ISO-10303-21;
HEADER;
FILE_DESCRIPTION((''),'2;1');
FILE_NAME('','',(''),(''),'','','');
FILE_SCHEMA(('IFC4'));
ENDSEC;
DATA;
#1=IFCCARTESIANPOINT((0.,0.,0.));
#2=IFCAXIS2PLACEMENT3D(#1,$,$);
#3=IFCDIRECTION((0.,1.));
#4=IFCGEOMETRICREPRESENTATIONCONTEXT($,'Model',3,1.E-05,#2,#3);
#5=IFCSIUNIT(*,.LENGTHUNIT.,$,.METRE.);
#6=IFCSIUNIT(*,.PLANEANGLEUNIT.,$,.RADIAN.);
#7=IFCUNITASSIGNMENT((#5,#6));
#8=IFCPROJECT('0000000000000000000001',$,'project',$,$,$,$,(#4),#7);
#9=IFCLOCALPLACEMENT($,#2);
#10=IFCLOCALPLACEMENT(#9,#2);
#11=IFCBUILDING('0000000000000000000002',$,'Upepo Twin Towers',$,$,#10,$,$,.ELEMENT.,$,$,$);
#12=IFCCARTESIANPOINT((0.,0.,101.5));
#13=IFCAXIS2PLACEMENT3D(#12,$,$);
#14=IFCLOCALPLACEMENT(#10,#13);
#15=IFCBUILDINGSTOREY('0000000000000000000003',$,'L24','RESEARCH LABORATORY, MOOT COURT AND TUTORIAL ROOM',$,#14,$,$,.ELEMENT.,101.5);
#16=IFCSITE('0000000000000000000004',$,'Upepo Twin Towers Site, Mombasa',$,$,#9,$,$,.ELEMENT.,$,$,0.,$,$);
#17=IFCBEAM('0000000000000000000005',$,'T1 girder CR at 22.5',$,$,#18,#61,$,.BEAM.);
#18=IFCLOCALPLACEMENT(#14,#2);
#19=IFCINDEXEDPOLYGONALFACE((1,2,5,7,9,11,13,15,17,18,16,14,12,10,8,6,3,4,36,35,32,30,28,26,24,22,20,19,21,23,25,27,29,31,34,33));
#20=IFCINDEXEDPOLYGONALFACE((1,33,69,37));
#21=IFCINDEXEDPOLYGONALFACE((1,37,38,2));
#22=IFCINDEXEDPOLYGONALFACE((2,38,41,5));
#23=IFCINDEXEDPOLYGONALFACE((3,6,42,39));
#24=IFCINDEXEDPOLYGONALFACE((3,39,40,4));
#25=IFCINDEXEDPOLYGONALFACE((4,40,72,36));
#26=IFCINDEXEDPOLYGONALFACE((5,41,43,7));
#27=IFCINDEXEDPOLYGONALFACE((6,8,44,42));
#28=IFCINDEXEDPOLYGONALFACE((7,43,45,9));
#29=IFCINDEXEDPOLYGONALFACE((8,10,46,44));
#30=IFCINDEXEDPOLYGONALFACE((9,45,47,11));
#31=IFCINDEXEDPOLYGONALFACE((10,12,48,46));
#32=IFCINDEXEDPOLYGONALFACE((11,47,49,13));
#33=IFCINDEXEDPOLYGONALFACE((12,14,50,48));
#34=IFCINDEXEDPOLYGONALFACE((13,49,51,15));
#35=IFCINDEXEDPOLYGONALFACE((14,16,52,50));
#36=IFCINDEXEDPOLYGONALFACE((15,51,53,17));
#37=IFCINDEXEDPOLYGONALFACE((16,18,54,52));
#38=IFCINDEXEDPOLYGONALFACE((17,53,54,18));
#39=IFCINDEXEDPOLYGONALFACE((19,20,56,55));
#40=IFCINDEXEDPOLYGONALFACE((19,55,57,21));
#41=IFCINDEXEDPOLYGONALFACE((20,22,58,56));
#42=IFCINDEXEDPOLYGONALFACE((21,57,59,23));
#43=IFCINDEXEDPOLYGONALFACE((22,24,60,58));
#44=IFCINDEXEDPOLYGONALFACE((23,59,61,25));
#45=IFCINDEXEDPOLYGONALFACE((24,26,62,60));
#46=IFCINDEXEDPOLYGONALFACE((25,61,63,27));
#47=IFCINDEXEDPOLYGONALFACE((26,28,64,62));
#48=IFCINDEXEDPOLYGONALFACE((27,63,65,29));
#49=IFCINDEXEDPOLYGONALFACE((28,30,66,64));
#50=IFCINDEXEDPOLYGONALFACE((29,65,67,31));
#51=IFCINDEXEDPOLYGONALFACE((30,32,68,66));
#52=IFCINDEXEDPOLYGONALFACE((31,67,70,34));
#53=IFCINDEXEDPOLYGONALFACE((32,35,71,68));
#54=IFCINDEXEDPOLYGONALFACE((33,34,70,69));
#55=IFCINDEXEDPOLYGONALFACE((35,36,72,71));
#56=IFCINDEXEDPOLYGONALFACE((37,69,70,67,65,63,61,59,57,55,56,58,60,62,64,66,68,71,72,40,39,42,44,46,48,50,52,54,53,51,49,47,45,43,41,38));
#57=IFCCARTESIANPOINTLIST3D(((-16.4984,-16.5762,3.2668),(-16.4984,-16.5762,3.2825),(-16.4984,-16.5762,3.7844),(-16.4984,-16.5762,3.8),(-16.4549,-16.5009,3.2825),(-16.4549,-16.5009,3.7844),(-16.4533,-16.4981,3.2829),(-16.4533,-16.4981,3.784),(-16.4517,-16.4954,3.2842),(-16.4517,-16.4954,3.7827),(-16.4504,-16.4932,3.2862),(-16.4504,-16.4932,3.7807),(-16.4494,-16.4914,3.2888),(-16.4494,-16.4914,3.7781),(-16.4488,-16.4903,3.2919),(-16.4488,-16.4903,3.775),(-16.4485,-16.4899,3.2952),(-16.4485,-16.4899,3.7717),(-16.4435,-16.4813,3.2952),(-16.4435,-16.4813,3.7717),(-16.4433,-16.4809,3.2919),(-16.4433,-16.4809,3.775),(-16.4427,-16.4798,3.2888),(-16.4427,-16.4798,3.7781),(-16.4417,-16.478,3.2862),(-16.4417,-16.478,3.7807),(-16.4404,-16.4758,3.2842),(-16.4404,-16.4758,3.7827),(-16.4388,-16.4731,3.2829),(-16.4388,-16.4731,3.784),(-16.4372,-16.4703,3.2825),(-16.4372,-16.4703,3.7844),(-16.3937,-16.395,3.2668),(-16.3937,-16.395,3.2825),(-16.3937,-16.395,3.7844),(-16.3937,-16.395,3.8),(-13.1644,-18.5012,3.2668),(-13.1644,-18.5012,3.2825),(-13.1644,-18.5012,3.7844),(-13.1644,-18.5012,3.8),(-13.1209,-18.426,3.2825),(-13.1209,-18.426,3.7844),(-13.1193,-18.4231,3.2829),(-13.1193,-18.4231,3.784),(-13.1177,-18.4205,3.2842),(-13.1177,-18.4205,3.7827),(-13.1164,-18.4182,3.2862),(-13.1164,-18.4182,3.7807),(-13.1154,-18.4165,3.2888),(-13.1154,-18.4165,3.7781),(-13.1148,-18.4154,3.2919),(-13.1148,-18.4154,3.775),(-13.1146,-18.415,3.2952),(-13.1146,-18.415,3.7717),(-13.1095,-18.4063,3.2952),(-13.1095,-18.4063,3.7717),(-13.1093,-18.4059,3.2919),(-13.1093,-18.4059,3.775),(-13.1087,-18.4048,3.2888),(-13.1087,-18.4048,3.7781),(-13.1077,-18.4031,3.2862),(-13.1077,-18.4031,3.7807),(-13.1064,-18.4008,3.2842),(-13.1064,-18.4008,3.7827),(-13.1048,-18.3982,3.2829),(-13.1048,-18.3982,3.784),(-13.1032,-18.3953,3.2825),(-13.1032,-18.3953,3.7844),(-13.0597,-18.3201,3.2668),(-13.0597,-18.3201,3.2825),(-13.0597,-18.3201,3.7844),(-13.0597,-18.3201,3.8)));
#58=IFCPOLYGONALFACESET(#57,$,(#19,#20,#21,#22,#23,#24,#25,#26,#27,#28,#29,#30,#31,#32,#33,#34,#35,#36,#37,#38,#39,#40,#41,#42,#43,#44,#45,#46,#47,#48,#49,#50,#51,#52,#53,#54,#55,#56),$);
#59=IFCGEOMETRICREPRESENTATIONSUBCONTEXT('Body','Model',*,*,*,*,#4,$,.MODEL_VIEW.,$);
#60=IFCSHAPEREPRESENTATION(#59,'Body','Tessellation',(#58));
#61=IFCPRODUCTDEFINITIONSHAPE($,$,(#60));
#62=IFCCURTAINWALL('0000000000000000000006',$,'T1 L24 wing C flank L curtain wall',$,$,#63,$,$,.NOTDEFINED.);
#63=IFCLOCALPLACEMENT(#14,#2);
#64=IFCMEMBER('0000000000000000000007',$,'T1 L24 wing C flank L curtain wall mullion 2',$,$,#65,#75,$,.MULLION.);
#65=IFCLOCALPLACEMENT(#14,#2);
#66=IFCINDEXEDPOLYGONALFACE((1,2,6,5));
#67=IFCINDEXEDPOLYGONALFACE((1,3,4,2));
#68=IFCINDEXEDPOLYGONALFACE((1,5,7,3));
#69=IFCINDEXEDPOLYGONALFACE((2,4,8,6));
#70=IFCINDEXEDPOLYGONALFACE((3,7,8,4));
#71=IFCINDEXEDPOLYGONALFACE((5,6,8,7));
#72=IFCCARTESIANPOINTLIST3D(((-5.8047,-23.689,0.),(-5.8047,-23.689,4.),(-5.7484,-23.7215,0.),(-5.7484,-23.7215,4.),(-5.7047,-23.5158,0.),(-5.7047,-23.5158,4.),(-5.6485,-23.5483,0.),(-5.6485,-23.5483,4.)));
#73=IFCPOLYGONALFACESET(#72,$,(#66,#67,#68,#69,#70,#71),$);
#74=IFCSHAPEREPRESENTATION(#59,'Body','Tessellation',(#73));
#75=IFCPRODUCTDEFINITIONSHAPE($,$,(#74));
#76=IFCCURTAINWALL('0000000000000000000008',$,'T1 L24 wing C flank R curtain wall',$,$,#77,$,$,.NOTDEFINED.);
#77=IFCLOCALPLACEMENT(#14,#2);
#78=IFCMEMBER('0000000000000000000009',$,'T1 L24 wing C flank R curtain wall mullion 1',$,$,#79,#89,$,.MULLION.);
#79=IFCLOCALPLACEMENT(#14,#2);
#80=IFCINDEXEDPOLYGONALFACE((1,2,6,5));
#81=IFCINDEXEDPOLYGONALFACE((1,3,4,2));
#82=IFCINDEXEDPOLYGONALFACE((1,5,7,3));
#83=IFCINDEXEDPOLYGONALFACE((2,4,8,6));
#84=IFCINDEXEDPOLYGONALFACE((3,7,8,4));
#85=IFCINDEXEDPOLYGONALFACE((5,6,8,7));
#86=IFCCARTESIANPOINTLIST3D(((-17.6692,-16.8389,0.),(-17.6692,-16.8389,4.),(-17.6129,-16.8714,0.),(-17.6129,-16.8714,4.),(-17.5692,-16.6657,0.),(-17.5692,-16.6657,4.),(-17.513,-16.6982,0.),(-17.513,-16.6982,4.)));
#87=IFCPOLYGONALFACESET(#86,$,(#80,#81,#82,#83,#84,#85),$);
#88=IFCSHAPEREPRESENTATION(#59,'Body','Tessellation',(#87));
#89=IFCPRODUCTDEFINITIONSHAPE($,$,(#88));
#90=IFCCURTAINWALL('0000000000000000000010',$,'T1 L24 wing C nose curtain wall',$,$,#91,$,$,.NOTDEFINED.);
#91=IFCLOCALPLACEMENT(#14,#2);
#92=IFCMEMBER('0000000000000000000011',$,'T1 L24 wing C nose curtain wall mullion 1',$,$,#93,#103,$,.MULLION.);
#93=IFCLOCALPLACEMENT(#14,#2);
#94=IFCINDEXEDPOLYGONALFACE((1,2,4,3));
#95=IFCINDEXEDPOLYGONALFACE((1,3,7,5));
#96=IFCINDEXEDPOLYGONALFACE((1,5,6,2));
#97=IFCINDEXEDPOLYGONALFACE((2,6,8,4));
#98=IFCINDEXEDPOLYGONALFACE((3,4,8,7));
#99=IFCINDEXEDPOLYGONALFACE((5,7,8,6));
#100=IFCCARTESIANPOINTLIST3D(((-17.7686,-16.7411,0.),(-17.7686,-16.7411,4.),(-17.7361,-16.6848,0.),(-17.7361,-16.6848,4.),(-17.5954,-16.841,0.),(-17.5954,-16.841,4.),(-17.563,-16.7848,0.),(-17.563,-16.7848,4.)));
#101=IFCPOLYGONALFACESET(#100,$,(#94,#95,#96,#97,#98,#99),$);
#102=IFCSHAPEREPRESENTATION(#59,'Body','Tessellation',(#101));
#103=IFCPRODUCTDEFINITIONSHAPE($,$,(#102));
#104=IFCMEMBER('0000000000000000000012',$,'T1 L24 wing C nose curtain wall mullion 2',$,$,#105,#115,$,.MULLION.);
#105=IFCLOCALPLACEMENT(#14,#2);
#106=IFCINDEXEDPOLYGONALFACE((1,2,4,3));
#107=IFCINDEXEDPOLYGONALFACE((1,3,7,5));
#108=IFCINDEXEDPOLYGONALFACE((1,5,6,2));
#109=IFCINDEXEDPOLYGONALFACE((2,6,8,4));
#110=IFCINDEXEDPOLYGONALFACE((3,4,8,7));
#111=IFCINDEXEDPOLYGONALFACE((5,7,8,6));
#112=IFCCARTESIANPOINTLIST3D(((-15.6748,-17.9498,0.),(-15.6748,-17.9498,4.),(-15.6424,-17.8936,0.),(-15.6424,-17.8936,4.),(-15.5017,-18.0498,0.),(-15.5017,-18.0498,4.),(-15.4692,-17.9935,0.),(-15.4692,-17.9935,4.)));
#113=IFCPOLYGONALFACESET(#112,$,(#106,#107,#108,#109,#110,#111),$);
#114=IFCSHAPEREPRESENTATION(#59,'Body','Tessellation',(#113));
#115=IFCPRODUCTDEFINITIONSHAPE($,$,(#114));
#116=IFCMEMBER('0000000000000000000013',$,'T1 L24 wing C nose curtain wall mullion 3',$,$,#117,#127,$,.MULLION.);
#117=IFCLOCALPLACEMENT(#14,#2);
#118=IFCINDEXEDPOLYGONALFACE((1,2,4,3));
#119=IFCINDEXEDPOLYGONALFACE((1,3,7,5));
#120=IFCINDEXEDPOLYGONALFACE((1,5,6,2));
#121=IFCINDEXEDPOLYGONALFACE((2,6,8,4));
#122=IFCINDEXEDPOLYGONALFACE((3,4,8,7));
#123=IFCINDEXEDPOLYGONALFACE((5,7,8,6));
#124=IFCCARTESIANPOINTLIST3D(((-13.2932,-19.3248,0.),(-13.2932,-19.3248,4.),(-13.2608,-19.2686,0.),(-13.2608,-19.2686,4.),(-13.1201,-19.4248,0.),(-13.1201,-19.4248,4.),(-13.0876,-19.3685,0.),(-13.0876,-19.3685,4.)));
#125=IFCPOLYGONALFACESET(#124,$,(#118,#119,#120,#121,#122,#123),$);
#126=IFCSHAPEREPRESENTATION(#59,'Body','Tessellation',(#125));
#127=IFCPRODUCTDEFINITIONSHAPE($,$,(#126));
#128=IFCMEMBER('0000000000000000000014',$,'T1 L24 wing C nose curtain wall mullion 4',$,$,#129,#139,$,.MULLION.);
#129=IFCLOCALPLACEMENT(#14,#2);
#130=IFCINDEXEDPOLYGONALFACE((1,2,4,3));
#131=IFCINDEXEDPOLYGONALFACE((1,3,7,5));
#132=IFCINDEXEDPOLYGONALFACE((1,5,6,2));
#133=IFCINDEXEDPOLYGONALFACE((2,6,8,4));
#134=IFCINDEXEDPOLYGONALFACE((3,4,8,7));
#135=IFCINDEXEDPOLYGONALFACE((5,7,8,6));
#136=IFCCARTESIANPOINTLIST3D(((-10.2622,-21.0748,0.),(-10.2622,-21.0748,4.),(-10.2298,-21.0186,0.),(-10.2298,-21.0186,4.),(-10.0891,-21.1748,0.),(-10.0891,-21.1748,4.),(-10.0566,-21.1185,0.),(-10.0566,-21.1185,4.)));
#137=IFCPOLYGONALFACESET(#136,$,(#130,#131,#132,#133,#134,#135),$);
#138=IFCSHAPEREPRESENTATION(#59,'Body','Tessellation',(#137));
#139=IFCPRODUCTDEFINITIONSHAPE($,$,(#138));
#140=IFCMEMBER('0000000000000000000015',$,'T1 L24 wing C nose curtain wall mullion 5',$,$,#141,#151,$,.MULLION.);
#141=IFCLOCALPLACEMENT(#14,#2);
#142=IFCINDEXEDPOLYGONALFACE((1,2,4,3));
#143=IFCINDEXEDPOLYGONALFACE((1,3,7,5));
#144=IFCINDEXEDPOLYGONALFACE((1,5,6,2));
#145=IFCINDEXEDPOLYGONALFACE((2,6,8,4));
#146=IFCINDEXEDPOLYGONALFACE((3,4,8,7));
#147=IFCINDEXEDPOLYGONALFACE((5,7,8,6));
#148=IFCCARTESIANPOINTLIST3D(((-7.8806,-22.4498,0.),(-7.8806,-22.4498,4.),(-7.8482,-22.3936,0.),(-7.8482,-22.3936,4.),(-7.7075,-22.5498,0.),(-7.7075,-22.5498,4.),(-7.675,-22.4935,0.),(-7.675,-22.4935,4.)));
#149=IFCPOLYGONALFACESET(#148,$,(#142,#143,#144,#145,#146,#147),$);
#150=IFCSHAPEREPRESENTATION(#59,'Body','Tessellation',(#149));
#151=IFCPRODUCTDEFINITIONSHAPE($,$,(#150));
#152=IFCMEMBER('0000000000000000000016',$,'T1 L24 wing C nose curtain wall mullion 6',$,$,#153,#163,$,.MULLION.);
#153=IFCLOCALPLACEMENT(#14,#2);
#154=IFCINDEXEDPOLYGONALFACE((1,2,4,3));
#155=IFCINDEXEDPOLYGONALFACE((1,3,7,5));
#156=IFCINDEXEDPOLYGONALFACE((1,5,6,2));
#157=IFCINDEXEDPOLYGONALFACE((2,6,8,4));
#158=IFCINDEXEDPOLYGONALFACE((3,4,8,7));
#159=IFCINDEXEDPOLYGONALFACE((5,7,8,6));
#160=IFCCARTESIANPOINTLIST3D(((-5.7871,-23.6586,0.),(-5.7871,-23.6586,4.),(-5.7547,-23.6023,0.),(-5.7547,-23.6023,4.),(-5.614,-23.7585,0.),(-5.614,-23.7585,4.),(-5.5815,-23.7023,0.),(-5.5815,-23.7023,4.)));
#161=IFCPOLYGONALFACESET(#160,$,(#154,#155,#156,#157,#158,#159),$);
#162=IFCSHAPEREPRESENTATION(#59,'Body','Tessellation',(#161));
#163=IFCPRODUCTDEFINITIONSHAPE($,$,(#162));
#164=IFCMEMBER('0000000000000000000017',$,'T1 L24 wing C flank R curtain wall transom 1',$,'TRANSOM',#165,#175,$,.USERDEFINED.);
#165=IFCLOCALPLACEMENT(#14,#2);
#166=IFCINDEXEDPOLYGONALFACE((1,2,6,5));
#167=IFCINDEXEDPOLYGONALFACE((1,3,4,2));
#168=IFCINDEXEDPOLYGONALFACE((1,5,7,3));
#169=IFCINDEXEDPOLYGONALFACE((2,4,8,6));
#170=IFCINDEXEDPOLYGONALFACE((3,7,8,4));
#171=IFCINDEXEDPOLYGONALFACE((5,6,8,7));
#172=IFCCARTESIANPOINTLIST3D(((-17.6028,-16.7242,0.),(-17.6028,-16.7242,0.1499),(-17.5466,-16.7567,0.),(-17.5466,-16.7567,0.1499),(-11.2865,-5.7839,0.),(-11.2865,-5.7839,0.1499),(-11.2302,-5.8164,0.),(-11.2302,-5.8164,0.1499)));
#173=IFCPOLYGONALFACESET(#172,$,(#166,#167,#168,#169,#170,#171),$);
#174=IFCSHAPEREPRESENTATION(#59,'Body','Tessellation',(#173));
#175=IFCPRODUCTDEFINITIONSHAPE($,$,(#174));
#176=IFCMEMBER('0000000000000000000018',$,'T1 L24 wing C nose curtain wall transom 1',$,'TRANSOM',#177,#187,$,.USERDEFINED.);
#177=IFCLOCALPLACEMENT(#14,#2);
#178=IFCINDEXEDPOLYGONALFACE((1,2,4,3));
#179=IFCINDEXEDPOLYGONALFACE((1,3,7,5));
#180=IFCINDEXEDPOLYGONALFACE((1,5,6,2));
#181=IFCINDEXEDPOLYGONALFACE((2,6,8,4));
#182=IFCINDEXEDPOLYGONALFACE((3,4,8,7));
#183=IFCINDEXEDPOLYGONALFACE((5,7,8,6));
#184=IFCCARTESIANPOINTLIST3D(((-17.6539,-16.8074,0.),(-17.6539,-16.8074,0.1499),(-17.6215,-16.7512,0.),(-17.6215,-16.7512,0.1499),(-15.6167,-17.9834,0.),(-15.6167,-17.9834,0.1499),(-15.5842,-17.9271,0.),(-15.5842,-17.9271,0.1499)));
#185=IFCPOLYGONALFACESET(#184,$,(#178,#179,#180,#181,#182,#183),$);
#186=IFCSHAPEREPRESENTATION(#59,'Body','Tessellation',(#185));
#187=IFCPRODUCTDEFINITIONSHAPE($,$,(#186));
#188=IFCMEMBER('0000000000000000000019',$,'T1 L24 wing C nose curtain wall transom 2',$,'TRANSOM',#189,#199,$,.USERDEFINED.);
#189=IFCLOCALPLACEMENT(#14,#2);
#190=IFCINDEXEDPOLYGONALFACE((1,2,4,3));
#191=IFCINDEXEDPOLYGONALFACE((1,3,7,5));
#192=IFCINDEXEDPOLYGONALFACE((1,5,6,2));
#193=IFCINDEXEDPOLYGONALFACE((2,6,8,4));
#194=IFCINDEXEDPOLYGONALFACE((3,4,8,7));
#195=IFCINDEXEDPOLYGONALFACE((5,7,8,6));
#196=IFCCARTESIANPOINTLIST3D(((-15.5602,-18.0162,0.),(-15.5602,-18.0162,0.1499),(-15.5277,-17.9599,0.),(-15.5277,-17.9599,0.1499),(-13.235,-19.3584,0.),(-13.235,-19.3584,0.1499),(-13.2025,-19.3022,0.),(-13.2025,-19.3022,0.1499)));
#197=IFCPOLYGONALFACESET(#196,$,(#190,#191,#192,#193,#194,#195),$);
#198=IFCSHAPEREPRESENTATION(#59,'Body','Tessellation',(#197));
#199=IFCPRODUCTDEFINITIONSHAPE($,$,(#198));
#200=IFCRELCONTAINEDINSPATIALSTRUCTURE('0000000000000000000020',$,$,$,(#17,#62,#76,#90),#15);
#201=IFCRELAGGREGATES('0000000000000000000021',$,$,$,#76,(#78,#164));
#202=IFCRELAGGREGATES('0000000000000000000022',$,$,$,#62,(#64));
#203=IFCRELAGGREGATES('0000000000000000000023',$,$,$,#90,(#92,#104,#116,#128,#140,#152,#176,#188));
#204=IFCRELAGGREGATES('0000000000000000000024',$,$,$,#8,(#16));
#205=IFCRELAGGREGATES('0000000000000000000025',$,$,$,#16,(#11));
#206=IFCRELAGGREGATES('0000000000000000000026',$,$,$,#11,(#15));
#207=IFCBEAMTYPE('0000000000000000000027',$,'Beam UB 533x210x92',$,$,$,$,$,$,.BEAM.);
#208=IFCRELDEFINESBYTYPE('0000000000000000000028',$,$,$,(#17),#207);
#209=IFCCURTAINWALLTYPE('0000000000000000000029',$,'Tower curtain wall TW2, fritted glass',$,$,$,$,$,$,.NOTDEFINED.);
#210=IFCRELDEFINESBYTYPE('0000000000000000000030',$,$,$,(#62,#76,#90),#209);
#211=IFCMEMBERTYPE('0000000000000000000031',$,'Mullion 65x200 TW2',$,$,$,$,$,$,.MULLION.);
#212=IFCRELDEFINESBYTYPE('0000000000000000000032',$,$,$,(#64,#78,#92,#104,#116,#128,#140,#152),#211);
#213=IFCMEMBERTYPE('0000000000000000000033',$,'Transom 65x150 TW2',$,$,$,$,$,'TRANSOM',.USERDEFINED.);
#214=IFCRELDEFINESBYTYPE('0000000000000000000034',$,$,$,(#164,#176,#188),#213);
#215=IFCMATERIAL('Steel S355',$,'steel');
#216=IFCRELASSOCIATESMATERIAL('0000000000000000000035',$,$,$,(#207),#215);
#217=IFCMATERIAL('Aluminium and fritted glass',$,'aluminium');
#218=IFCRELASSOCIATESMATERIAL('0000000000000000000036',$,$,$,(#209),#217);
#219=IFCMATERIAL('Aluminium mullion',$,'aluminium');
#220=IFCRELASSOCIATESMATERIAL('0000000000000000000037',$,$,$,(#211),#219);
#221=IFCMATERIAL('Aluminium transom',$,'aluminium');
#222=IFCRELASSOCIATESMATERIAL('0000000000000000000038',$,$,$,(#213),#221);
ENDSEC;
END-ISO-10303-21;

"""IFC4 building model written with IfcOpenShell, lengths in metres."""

from ifc_helpers import new_model, si_unit, direction, frame, origin, origin_2d, place, context, subcontext, project, spatial, rectangle, i_section, extrude, material, material_profile, profile_set, type_object, element, aggregate, save


model = new_model("IFC4")

# Units and contexts
model_context = context("Model", 3, precision=1e-05, world=origin(), true_north=direction((0.0, 1.0)))
body_context = subcontext(model_context, "Body", "Model", "MODEL_VIEW")
ifc_project = project(units=[si_unit("LENGTHUNIT", "METRE"), si_unit("PLANEANGLEUNIT", "RADIAN")], contexts=[model_context])

# Site, building, storey
site_placement = place(None, origin())
site = spatial("IfcSite", under=ifc_project, at=site_placement, Name="Upepo Twin Towers Site, Mombasa", CompositionType="ELEMENT", RefElevation=0.0)
building_placement = place(site_placement, origin())
building = spatial("IfcBuilding", under=site, at=building_placement, Name="Upepo Twin Towers", CompositionType="ELEMENT")
storey_placement = place(building_placement, frame((0.0, 0.0, 101.5)))
storey = spatial("IfcBuildingStorey", under=building, at=storey_placement, Name="L24", Description="RESEARCH LABORATORY, MOOT COURT AND TUTORIAL ROOM", CompositionType="ELEMENT", Elevation=101.5)

# Beam
ifc_material_1 = material(Name="Steel S355", Category="steel")
ifc_material_profile_1 = material_profile(ifc_material_1, i_section(OverallWidth=0.2092, OverallDepth=0.5332, WebThickness=0.01, FlangeThickness=0.0156, FilletRadius=0.0127, at=origin_2d()), Name="UB 533x210x92")
ifc_profile_set_1 = profile_set([ifc_material_profile_1], Name="Steel S355")
beam_type_1 = type_object("IfcBeamType", Name="Beam UB 533x210x92", PredefinedType="BEAM", material=ifc_profile_set_1)
for number, where, z_axis, x_axis, name in (
    (1, (-16.446, -16.4856, 3.5334), (0.866006, -0.500034, 0.0), (0.500034, 0.866006, 0.0), "T1 girder CR at 22.5"),
):
    element("IfcBeam", number, at=place(storey_placement, frame(where, z_axis=z_axis, x_axis=x_axis)), inside=storey, type_object=beam_type_1, Name=name, PredefinedType="BEAM", context=body_context, shape_type="SweptSolid", body=[
        extrude(i_section(OverallWidth=0.2092, OverallDepth=0.5332, WebThickness=0.01, FlangeThickness=0.0156, FilletRadius=0.0127, at=origin_2d()), origin(), (0.0, 0.0, 1.0), 3.8499),
    ])

# Curtain walls, members
ifc_material_2 = material(Name="Aluminium and fritted glass", Category="aluminium")
curtain_wall_type = type_object("IfcCurtainWallType", Name="Tower curtain wall TW2, fritted glass", PredefinedType="NOTDEFINED", material=ifc_material_2)
curtain_wall_1_placement = place(storey_placement, origin())
curtain_wall_1 = element("IfcCurtainWall", 2, at=curtain_wall_1_placement, inside=storey, type_object=curtain_wall_type, Name="T1 L24 wing C flank L curtain wall", PredefinedType="NOTDEFINED")
ifc_material_3 = material(Name="Aluminium mullion", Category="aluminium")
ifc_material_profile_2 = material_profile(ifc_material_3, rectangle(XDim=0.0649, YDim=0.2, at=origin_2d()), Name="MULLION 65x200")
ifc_profile_set_2 = profile_set([ifc_material_profile_2], Name="Aluminium mullion")
member_type_1 = type_object("IfcMemberType", Name="Mullion 65x200 TW2", PredefinedType="MULLION", material=ifc_profile_set_2)
member_1_placement = place(storey_placement, frame((-5.7266, -23.6187, 0.0), z_axis=(0.0, 0.0, 1.0), x_axis=(0.866025, -0.5, 0.0)))
member_1 = element("IfcMember", 3, at=member_1_placement, type_object=member_type_1, Name="T1 L24 wing C flank L curtain wall mullion 2", PredefinedType="MULLION", context=body_context, shape_type="SweptSolid", body=[
    extrude(rectangle(XDim=0.0649, YDim=0.2, at=origin_2d()), origin(), (0.0, 0.0, 1.0), 4.0),
])
curtain_wall_2_placement = place(storey_placement, origin())
curtain_wall_2 = element("IfcCurtainWall", 4, at=curtain_wall_2_placement, inside=storey, type_object=curtain_wall_type, Name="T1 L24 wing C flank R curtain wall", PredefinedType="NOTDEFINED")
member_2_placement = place(storey_placement, frame((-17.5911, -16.7686, 0.0), z_axis=(0.0, 0.0, 1.0), x_axis=(-0.866025, 0.5, 0.0)))
member_2 = element("IfcMember", 5, at=member_2_placement, type_object=member_type_1, Name="T1 L24 wing C flank R curtain wall mullion 1", PredefinedType="MULLION", context=body_context, shape_type="SweptSolid", body=[
    extrude(rectangle(XDim=0.0649, YDim=0.2, at=origin_2d()), origin(), (0.0, 0.0, 1.0), 4.0),
])

# Curtain wall, members
curtain_wall_3_placement = place(storey_placement, origin())
curtain_wall_3 = element("IfcCurtainWall", 6, at=curtain_wall_3_placement, inside=storey, type_object=curtain_wall_type, Name="T1 L24 wing C nose curtain wall", PredefinedType="NOTDEFINED")
member_3_placement = place(storey_placement, frame((-17.6658, -16.7629, 0.0), z_axis=(0.0, 0.0, 1.0), x_axis=(0.5, 0.866025, 0.0)))
member_3 = element("IfcMember", 7, at=member_3_placement, type_object=member_type_1, Name="T1 L24 wing C nose curtain wall mullion 1", PredefinedType="MULLION", context=body_context, shape_type="SweptSolid", body=[
    extrude(rectangle(XDim=0.0649, YDim=0.2, at=origin_2d()), origin(), (0.0, 0.0, 1.0), 4.0),
])
member_4_placement = place(storey_placement, frame((-15.572, -17.9717, 0.0), z_axis=(0.0, 0.0, 1.0), x_axis=(0.5, 0.866025, 0.0)))
member_4 = element("IfcMember", 8, at=member_4_placement, type_object=member_type_1, Name="T1 L24 wing C nose curtain wall mullion 2", PredefinedType="MULLION", context=body_context, shape_type="SweptSolid", body=[
    extrude(rectangle(XDim=0.0649, YDim=0.2, at=origin_2d()), origin(), (0.0, 0.0, 1.0), 4.0),
])
member_5_placement = place(storey_placement, frame((-13.1904, -19.3467, 0.0), z_axis=(0.0, 0.0, 1.0), x_axis=(0.5, 0.866025, 0.0)))
member_5 = element("IfcMember", 9, at=member_5_placement, type_object=member_type_1, Name="T1 L24 wing C nose curtain wall mullion 3", PredefinedType="MULLION", context=body_context, shape_type="SweptSolid", body=[
    extrude(rectangle(XDim=0.0649, YDim=0.2, at=origin_2d()), origin(), (0.0, 0.0, 1.0), 4.0),
])
member_6_placement = place(storey_placement, frame((-10.1594, -21.0967, 0.0), z_axis=(0.0, 0.0, 1.0), x_axis=(0.5, 0.866025, 0.0)))
member_6 = element("IfcMember", 10, at=member_6_placement, type_object=member_type_1, Name="T1 L24 wing C nose curtain wall mullion 4", PredefinedType="MULLION", context=body_context, shape_type="SweptSolid", body=[
    extrude(rectangle(XDim=0.0649, YDim=0.2, at=origin_2d()), origin(), (0.0, 0.0, 1.0), 4.0),
])
member_7_placement = place(storey_placement, frame((-7.7778, -22.4717, 0.0), z_axis=(0.0, 0.0, 1.0), x_axis=(0.5, 0.866025, 0.0)))
member_7 = element("IfcMember", 11, at=member_7_placement, type_object=member_type_1, Name="T1 L24 wing C nose curtain wall mullion 5", PredefinedType="MULLION", context=body_context, shape_type="SweptSolid", body=[
    extrude(rectangle(XDim=0.0649, YDim=0.2, at=origin_2d()), origin(), (0.0, 0.0, 1.0), 4.0),
])
member_8_placement = place(storey_placement, frame((-5.6843, -23.6804, 0.0), z_axis=(0.0, 0.0, 1.0), x_axis=(0.5, 0.866025, 0.0)))
member_8 = element("IfcMember", 12, at=member_8_placement, type_object=member_type_1, Name="T1 L24 wing C nose curtain wall mullion 6", PredefinedType="MULLION", context=body_context, shape_type="SweptSolid", body=[
    extrude(rectangle(XDim=0.0649, YDim=0.2, at=origin_2d()), origin(), (0.0, 0.0, 1.0), 4.0),
])

# Members
ifc_material_4 = material(Name="Aluminium transom", Category="aluminium")
ifc_material_profile_3 = material_profile(ifc_material_4, rectangle(XDim=0.0649, YDim=0.1499, at=origin_2d()), Name="TRANSOM 65x150")
ifc_profile_set_3 = profile_set([ifc_material_profile_3], Name="Aluminium transom")
member_type_2 = type_object("IfcMemberType", Name="Transom 65x150 TW2", ElementType="TRANSOM", PredefinedType="USERDEFINED", material=ifc_profile_set_3)
member_9_placement = place(storey_placement, frame((-17.5747, -16.7405, 0.075), z_axis=(0.499997, 0.866027, 0.0), x_axis=(-0.866027, 0.499997, 0.0)))
member_9 = element("IfcMember", 13, at=member_9_placement, type_object=member_type_2, Name="T1 L24 wing C flank R curtain wall transom 1", ObjectType="TRANSOM", PredefinedType="USERDEFINED", context=body_context, shape_type="SweptSolid", body=[
    extrude(rectangle(XDim=0.0649, YDim=0.1499, at=origin_2d()), origin(), (0.0, 0.0, 1.0), 12.6328),
])
aggregate(curtain_wall_2, [member_2, member_9])
member_10_placement = place(storey_placement, frame((-17.6377, -16.7793, 0.075), z_axis=(0.86607, -0.499923, 0.0), x_axis=(0.499923, 0.86607, 0.0)))
member_10 = element("IfcMember", 14, at=member_10_placement, type_object=member_type_2, Name="T1 L24 wing C nose curtain wall transom 1", ObjectType="TRANSOM", PredefinedType="USERDEFINED", context=body_context, shape_type="SweptSolid", body=[
    extrude(rectangle(XDim=0.0649, YDim=0.1499, at=origin_2d()), origin(), (0.0, 0.0, 1.0), 2.3523),
])
member_11_placement = place(storey_placement, frame((-15.5439, -17.988, 0.075), z_axis=(0.866052, -0.499953, 0.0), x_axis=(0.499953, 0.866052, 0.0)))
member_11 = element("IfcMember", 15, at=member_11_placement, type_object=member_type_2, Name="T1 L24 wing C nose curtain wall transom 2", ObjectType="TRANSOM", PredefinedType="USERDEFINED", context=body_context, shape_type="SweptSolid", body=[
    extrude(rectangle(XDim=0.0649, YDim=0.1499, at=origin_2d()), origin(), (0.0, 0.0, 1.0), 2.6848),
])

aggregate(curtain_wall_1, [member_1])
aggregate(curtain_wall_3, [member_3, member_4, member_5, member_6, member_7, member_8, member_10, member_11])

save(model, "model.ifc")
